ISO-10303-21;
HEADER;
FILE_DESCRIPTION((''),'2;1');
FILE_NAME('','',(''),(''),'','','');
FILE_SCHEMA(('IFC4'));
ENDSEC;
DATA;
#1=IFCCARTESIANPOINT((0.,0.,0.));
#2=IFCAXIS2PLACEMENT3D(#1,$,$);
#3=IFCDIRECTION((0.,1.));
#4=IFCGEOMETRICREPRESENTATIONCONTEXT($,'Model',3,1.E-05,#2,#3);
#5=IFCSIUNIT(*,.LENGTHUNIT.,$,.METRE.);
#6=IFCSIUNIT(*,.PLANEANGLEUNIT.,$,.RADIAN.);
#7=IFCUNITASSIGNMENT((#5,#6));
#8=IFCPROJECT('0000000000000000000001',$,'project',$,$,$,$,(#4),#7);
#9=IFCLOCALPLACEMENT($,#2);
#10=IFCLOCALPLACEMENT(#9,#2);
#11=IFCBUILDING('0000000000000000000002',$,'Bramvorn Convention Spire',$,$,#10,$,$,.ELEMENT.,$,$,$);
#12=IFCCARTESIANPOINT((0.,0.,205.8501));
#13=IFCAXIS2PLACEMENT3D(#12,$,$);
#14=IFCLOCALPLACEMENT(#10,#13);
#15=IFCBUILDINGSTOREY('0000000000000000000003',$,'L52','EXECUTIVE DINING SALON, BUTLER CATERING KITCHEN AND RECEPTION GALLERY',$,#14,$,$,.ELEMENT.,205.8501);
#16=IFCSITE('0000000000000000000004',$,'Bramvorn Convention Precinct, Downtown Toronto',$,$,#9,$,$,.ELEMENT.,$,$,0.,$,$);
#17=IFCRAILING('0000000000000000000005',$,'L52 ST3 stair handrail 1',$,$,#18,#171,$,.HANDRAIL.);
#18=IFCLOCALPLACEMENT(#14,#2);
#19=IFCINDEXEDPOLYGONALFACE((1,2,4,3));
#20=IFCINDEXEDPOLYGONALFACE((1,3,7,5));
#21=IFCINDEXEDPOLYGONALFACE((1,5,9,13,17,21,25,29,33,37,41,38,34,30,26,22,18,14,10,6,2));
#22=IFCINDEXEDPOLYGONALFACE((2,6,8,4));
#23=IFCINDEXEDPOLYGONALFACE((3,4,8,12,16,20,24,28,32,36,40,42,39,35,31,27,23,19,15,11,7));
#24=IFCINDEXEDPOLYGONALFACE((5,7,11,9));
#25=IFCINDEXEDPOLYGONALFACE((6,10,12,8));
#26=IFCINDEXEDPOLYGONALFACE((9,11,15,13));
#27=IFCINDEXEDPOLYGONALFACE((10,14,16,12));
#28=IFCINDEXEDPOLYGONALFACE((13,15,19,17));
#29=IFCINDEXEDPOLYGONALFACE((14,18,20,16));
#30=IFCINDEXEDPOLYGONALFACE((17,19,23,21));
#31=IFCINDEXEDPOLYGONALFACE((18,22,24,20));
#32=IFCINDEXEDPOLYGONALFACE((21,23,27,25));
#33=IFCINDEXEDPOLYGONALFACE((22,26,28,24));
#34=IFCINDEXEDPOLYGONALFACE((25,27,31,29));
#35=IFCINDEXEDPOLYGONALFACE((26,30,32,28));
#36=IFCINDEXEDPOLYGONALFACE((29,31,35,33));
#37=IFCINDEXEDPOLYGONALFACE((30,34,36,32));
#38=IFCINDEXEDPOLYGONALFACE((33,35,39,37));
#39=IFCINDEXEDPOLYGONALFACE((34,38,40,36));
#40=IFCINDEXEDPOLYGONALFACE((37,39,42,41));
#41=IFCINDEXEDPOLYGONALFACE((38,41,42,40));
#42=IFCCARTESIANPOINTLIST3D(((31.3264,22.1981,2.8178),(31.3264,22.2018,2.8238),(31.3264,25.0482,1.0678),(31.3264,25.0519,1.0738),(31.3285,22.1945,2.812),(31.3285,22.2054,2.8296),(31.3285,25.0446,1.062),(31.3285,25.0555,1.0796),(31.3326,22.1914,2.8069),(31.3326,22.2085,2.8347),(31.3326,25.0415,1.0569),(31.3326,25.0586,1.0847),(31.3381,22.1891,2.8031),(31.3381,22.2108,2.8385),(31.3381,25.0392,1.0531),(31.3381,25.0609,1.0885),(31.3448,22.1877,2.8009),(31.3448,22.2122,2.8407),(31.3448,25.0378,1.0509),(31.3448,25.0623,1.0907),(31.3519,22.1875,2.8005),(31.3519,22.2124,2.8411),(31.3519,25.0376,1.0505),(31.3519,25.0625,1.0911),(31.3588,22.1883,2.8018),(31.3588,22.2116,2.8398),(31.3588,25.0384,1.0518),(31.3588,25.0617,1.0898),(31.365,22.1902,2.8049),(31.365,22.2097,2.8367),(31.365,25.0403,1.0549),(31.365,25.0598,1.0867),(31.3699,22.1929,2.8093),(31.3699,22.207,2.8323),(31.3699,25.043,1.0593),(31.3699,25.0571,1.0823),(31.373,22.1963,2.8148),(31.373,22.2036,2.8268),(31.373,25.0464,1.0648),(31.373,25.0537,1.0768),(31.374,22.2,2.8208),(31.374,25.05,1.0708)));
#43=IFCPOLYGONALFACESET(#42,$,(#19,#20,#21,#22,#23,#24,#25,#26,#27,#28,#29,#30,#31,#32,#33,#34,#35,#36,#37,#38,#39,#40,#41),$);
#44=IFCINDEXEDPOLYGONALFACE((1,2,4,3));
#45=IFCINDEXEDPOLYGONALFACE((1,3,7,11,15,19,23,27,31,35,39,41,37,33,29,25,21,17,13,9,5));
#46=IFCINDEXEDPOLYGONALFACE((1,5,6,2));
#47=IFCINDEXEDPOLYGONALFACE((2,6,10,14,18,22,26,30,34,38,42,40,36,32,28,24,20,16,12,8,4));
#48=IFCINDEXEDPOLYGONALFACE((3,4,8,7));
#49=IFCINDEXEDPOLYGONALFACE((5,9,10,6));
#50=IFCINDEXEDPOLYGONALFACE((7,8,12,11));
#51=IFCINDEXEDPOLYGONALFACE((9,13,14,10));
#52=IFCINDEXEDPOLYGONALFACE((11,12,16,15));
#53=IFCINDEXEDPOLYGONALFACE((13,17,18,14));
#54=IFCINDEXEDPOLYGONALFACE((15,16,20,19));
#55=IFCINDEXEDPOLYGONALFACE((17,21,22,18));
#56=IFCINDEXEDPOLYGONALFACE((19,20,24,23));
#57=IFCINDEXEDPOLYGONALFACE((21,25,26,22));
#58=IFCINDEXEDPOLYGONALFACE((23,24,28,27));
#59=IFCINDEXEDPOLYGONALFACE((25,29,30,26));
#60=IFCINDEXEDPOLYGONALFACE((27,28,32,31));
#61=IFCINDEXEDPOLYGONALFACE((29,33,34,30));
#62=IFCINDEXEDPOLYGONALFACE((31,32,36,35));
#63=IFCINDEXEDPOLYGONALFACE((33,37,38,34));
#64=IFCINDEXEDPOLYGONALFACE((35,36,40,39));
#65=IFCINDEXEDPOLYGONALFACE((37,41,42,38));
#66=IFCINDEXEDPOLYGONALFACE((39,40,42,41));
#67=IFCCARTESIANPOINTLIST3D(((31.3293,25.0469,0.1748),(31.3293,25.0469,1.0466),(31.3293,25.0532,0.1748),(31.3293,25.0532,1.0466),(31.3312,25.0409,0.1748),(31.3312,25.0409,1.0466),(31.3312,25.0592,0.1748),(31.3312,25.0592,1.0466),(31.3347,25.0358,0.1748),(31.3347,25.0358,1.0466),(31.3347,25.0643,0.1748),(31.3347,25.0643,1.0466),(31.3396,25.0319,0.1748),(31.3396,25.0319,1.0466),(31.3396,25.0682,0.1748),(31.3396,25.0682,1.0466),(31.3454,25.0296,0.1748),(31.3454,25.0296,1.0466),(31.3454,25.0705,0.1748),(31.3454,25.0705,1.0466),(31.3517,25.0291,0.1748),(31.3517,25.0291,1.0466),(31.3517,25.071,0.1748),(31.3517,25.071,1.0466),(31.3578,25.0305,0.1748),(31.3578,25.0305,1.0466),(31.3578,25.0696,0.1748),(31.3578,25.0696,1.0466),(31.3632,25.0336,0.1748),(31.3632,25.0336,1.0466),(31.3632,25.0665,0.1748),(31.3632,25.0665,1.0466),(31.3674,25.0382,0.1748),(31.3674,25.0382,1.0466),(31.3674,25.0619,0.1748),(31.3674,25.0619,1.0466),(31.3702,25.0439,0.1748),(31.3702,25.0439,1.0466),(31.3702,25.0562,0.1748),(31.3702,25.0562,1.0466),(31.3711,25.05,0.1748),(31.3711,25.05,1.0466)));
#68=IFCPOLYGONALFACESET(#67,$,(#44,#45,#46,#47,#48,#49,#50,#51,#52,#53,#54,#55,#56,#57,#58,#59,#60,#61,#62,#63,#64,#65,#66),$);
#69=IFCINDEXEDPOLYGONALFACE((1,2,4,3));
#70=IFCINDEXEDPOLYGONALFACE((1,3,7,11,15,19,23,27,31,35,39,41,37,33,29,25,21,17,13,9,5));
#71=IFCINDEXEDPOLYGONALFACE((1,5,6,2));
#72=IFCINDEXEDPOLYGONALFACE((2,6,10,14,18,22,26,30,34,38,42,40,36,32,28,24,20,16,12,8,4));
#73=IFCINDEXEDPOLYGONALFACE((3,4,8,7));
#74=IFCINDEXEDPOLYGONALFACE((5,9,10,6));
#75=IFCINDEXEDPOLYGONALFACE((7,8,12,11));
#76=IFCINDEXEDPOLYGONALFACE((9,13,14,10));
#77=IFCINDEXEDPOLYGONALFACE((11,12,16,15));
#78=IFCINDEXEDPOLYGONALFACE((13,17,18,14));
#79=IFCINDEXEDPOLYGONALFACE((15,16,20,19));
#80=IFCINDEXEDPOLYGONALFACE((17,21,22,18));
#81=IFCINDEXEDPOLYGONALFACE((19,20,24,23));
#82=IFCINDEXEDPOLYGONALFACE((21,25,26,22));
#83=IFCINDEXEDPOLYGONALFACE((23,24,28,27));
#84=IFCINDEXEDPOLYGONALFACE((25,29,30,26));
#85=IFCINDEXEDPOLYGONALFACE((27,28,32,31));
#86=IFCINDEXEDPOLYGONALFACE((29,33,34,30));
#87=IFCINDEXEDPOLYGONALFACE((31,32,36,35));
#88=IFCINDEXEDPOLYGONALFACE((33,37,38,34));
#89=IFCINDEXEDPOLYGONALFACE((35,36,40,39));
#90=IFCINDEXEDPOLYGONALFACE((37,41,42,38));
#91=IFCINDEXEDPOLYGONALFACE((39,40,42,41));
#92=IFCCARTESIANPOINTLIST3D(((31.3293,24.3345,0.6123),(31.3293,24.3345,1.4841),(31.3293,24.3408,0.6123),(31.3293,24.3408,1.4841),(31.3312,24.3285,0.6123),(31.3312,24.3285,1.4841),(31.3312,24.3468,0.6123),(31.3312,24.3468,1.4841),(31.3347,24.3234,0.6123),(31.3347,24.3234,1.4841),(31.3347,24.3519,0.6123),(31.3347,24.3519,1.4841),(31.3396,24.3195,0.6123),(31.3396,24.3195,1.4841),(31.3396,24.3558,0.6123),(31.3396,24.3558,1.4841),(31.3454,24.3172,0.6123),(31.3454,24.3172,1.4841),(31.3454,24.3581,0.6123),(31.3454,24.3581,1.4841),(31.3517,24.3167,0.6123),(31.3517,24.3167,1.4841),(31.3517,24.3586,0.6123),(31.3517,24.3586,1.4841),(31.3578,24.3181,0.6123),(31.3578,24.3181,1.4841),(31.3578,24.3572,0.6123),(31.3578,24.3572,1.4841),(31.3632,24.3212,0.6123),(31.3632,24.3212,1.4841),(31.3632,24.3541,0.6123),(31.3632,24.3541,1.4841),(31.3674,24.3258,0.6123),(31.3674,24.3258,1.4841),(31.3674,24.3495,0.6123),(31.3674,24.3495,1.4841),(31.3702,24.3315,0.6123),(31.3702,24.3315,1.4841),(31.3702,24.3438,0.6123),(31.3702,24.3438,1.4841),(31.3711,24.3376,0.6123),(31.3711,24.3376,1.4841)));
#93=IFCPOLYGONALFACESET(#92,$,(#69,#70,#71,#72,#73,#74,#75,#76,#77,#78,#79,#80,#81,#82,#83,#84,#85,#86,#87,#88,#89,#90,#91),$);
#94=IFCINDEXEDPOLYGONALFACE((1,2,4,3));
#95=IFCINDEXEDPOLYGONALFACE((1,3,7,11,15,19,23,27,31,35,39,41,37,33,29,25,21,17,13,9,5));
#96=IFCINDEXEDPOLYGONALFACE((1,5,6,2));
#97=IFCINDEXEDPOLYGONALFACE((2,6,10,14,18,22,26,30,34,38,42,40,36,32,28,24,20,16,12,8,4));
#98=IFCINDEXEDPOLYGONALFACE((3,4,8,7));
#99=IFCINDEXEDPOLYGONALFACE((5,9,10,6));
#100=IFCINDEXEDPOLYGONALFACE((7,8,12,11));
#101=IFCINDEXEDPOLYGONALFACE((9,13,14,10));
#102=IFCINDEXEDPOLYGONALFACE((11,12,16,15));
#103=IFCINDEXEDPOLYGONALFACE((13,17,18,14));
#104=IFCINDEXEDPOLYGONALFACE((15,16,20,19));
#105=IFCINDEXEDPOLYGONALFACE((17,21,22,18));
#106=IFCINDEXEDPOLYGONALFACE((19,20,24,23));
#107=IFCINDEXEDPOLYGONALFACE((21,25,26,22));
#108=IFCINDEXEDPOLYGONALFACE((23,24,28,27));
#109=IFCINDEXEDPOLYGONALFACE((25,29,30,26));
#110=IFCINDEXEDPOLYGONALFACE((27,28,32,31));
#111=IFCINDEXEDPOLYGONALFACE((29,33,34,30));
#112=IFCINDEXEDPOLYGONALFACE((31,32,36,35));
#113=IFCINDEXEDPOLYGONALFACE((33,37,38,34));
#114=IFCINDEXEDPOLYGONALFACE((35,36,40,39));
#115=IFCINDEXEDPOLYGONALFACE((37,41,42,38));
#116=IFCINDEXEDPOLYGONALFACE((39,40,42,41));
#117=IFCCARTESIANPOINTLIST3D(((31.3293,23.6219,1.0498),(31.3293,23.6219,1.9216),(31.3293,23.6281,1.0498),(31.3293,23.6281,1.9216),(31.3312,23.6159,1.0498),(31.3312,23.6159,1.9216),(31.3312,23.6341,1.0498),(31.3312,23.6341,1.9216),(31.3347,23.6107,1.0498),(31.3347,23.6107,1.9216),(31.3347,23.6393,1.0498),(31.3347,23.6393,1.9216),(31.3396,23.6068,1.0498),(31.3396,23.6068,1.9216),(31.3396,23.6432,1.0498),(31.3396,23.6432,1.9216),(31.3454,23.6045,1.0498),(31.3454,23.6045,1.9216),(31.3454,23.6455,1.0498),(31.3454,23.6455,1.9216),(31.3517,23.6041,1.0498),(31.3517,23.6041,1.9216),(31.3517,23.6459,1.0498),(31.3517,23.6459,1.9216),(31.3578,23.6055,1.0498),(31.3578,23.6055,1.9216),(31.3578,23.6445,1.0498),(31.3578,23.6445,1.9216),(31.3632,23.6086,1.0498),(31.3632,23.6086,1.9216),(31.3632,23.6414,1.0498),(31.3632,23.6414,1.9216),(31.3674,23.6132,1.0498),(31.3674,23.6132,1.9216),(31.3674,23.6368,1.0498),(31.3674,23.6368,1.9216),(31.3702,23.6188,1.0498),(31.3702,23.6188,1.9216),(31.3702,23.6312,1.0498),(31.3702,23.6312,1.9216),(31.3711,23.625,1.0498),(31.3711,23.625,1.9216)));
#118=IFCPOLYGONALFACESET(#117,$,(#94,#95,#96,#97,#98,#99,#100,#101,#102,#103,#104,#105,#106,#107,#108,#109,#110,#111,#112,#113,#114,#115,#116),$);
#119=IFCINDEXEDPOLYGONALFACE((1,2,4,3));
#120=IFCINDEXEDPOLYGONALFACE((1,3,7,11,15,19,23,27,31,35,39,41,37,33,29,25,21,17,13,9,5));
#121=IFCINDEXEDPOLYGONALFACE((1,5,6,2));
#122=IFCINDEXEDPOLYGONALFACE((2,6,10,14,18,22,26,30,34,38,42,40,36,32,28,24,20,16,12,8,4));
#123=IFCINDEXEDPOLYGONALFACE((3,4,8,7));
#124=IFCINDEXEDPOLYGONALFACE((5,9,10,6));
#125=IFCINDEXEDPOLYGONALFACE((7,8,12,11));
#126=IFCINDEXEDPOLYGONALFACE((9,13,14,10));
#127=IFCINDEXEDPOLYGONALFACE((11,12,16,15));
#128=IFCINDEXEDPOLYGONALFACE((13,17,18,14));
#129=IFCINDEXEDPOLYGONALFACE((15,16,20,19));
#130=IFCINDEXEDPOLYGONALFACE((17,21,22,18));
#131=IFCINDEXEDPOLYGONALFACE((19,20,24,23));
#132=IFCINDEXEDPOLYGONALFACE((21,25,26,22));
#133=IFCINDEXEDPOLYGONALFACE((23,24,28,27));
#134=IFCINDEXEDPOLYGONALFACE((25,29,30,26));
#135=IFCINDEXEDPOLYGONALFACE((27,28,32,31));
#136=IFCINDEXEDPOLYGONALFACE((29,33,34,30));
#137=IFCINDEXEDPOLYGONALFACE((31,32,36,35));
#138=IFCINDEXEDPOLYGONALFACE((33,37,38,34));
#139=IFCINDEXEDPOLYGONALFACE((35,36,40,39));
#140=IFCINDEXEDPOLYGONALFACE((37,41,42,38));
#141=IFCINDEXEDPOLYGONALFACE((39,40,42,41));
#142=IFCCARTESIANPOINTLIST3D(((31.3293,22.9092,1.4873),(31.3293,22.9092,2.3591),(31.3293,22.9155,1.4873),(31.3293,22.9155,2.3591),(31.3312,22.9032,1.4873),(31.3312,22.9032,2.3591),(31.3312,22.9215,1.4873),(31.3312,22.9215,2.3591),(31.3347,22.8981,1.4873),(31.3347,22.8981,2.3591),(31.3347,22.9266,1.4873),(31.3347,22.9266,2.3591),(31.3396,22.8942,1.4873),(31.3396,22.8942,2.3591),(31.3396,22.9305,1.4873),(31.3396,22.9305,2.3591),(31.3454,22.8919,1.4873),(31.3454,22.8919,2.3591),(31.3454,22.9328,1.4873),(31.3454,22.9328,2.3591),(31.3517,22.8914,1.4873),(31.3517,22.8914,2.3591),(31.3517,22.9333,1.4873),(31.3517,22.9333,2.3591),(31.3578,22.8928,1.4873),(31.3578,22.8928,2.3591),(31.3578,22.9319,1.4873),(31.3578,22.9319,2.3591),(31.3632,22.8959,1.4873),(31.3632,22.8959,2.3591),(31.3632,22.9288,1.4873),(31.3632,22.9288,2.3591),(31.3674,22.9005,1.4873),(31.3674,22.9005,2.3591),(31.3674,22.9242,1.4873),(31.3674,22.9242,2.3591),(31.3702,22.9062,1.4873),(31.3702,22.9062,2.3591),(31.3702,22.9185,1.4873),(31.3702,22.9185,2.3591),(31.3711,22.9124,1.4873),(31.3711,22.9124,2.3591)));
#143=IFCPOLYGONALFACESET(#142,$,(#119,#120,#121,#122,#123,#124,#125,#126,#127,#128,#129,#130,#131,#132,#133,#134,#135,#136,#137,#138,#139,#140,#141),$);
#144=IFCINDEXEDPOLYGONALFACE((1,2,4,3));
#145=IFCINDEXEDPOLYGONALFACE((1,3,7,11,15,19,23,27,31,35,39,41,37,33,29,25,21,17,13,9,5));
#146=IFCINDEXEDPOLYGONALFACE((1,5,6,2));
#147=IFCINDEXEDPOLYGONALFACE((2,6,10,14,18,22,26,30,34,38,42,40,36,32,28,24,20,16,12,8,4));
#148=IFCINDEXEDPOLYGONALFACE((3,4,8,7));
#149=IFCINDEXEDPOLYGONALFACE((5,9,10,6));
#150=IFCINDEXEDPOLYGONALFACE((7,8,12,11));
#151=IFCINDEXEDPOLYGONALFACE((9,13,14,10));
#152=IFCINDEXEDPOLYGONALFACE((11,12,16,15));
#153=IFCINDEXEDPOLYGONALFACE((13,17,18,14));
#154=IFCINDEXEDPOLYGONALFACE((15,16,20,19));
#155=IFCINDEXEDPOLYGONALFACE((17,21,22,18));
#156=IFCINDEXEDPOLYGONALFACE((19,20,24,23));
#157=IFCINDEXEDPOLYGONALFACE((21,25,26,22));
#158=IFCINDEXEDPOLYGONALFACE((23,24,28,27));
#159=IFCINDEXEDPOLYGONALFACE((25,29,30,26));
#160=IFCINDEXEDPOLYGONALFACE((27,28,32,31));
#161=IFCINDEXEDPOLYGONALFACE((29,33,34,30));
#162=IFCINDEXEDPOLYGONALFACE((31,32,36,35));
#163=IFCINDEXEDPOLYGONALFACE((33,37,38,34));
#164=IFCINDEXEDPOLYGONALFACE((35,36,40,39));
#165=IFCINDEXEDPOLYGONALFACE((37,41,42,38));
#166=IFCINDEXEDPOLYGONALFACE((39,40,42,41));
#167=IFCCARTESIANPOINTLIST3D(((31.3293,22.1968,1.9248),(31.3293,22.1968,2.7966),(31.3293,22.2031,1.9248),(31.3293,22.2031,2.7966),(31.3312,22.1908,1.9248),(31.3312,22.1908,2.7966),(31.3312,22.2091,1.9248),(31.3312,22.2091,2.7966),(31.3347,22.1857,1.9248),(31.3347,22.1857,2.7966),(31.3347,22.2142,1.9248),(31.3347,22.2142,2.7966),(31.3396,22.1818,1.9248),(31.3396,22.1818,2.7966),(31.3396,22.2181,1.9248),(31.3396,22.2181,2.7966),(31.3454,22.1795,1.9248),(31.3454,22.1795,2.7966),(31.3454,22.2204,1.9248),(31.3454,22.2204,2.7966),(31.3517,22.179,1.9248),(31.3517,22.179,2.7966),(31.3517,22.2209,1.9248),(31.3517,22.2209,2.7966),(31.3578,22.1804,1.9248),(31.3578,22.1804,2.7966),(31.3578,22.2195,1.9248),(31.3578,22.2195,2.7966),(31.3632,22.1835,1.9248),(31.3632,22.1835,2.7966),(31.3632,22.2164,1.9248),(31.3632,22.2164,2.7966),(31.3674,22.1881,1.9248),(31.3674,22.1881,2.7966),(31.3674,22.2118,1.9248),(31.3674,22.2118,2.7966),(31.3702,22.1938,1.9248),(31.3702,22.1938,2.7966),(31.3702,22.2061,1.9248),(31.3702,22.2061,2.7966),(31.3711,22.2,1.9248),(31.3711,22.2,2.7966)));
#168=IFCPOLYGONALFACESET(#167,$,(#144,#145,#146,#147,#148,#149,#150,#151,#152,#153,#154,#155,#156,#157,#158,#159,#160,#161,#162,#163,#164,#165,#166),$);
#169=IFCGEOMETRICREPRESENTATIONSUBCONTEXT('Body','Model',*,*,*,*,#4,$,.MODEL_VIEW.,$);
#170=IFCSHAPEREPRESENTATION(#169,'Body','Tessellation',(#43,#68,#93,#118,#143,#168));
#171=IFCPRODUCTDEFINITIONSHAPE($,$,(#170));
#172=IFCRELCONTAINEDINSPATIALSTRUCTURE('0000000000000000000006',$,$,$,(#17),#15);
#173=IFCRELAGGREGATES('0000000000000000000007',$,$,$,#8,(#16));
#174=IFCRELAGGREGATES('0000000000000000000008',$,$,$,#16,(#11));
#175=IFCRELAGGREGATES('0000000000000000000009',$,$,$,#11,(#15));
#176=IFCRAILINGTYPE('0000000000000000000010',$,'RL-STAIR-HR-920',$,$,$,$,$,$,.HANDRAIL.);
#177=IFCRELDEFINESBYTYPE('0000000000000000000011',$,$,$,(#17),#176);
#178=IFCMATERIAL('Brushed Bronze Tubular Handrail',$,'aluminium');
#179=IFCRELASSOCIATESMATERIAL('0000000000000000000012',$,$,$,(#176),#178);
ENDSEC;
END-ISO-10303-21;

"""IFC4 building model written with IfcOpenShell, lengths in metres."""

from ifc_helpers import new_model, si_unit, direction, frame, origin, origin_2d, place, context, subcontext, project, spatial, circle, extrude, material, type_object, element, save


model = new_model("IFC4")

# Units and contexts
model_context = context("Model", 3, precision=1e-05, world=origin(), true_north=direction((0.0, 1.0)))
body_context = subcontext(model_context, "Body", "Model", "MODEL_VIEW")
ifc_project = project(units=[si_unit("LENGTHUNIT", "METRE"), si_unit("PLANEANGLEUNIT", "RADIAN")], contexts=[model_context])

# Site, building, storey
site_placement = place(None, origin())
site = spatial("IfcSite", under=ifc_project, at=site_placement, Name="Bramvorn Convention Precinct, Downtown Toronto", CompositionType="ELEMENT", RefElevation=0.0)
building_placement = place(site_placement, origin())
building = spatial("IfcBuilding", under=site, at=building_placement, Name="Bramvorn Convention Spire", CompositionType="ELEMENT")
storey_placement = place(building_placement, frame((0.0, 0.0, 205.8501)))
storey = spatial("IfcBuildingStorey", under=building, at=storey_placement, Name="L52", Description="EXECUTIVE DINING SALON, BUTLER CATERING KITCHEN AND RECEPTION GALLERY", CompositionType="ELEMENT", Elevation=205.8501)

# Railing
ifc_material_1 = material(Name="Brushed Bronze Tubular Handrail", Category="aluminium")
railing_type_1 = type_object("IfcRailingType", Name="RL-STAIR-HR-920", PredefinedType="HANDRAIL", material=ifc_material_1)
railing_1_placement = place(storey_placement, frame((31.3501, 25.05, 0.1748)))
element("IfcRailing", 1, at=railing_1_placement, inside=storey, type_object=railing_type_1, Name="L52 ST3 stair handrail 1", PredefinedType="HANDRAIL", context=body_context, shape_type="SweptSolid", body=[
    extrude(circle(Radius=0.0239, at=origin_2d()), frame((0.0, 0.0, 0.896), z_axis=(0.0, -0.852179, 0.52325), x_axis=(1.0, 0.0, 0.0)), (0.0, 0.0, 1.0), 3.3445),
    extrude(circle(Radius=0.021, at=origin_2d()), origin(), (0.0, 0.0, 1.0), 0.8718),
    extrude(circle(Radius=0.021, at=origin_2d()), frame((0.0, -0.7124, 0.4375)), (0.0, 0.0, 1.0), 0.8718),
    extrude(circle(Radius=0.021, at=origin_2d()), frame((0.0, -1.425, 0.875)), (0.0, 0.0, 1.0), 0.8718),
    extrude(circle(Radius=0.021, at=origin_2d()), frame((0.0, -2.1377, 1.3125)), (0.0, 0.0, 1.0), 0.8718),
    extrude(circle(Radius=0.021, at=origin_2d()), frame((0.0, -2.8501, 1.75)), (0.0, 0.0, 1.0), 0.8718),
])

save(model, "model.ifc")
